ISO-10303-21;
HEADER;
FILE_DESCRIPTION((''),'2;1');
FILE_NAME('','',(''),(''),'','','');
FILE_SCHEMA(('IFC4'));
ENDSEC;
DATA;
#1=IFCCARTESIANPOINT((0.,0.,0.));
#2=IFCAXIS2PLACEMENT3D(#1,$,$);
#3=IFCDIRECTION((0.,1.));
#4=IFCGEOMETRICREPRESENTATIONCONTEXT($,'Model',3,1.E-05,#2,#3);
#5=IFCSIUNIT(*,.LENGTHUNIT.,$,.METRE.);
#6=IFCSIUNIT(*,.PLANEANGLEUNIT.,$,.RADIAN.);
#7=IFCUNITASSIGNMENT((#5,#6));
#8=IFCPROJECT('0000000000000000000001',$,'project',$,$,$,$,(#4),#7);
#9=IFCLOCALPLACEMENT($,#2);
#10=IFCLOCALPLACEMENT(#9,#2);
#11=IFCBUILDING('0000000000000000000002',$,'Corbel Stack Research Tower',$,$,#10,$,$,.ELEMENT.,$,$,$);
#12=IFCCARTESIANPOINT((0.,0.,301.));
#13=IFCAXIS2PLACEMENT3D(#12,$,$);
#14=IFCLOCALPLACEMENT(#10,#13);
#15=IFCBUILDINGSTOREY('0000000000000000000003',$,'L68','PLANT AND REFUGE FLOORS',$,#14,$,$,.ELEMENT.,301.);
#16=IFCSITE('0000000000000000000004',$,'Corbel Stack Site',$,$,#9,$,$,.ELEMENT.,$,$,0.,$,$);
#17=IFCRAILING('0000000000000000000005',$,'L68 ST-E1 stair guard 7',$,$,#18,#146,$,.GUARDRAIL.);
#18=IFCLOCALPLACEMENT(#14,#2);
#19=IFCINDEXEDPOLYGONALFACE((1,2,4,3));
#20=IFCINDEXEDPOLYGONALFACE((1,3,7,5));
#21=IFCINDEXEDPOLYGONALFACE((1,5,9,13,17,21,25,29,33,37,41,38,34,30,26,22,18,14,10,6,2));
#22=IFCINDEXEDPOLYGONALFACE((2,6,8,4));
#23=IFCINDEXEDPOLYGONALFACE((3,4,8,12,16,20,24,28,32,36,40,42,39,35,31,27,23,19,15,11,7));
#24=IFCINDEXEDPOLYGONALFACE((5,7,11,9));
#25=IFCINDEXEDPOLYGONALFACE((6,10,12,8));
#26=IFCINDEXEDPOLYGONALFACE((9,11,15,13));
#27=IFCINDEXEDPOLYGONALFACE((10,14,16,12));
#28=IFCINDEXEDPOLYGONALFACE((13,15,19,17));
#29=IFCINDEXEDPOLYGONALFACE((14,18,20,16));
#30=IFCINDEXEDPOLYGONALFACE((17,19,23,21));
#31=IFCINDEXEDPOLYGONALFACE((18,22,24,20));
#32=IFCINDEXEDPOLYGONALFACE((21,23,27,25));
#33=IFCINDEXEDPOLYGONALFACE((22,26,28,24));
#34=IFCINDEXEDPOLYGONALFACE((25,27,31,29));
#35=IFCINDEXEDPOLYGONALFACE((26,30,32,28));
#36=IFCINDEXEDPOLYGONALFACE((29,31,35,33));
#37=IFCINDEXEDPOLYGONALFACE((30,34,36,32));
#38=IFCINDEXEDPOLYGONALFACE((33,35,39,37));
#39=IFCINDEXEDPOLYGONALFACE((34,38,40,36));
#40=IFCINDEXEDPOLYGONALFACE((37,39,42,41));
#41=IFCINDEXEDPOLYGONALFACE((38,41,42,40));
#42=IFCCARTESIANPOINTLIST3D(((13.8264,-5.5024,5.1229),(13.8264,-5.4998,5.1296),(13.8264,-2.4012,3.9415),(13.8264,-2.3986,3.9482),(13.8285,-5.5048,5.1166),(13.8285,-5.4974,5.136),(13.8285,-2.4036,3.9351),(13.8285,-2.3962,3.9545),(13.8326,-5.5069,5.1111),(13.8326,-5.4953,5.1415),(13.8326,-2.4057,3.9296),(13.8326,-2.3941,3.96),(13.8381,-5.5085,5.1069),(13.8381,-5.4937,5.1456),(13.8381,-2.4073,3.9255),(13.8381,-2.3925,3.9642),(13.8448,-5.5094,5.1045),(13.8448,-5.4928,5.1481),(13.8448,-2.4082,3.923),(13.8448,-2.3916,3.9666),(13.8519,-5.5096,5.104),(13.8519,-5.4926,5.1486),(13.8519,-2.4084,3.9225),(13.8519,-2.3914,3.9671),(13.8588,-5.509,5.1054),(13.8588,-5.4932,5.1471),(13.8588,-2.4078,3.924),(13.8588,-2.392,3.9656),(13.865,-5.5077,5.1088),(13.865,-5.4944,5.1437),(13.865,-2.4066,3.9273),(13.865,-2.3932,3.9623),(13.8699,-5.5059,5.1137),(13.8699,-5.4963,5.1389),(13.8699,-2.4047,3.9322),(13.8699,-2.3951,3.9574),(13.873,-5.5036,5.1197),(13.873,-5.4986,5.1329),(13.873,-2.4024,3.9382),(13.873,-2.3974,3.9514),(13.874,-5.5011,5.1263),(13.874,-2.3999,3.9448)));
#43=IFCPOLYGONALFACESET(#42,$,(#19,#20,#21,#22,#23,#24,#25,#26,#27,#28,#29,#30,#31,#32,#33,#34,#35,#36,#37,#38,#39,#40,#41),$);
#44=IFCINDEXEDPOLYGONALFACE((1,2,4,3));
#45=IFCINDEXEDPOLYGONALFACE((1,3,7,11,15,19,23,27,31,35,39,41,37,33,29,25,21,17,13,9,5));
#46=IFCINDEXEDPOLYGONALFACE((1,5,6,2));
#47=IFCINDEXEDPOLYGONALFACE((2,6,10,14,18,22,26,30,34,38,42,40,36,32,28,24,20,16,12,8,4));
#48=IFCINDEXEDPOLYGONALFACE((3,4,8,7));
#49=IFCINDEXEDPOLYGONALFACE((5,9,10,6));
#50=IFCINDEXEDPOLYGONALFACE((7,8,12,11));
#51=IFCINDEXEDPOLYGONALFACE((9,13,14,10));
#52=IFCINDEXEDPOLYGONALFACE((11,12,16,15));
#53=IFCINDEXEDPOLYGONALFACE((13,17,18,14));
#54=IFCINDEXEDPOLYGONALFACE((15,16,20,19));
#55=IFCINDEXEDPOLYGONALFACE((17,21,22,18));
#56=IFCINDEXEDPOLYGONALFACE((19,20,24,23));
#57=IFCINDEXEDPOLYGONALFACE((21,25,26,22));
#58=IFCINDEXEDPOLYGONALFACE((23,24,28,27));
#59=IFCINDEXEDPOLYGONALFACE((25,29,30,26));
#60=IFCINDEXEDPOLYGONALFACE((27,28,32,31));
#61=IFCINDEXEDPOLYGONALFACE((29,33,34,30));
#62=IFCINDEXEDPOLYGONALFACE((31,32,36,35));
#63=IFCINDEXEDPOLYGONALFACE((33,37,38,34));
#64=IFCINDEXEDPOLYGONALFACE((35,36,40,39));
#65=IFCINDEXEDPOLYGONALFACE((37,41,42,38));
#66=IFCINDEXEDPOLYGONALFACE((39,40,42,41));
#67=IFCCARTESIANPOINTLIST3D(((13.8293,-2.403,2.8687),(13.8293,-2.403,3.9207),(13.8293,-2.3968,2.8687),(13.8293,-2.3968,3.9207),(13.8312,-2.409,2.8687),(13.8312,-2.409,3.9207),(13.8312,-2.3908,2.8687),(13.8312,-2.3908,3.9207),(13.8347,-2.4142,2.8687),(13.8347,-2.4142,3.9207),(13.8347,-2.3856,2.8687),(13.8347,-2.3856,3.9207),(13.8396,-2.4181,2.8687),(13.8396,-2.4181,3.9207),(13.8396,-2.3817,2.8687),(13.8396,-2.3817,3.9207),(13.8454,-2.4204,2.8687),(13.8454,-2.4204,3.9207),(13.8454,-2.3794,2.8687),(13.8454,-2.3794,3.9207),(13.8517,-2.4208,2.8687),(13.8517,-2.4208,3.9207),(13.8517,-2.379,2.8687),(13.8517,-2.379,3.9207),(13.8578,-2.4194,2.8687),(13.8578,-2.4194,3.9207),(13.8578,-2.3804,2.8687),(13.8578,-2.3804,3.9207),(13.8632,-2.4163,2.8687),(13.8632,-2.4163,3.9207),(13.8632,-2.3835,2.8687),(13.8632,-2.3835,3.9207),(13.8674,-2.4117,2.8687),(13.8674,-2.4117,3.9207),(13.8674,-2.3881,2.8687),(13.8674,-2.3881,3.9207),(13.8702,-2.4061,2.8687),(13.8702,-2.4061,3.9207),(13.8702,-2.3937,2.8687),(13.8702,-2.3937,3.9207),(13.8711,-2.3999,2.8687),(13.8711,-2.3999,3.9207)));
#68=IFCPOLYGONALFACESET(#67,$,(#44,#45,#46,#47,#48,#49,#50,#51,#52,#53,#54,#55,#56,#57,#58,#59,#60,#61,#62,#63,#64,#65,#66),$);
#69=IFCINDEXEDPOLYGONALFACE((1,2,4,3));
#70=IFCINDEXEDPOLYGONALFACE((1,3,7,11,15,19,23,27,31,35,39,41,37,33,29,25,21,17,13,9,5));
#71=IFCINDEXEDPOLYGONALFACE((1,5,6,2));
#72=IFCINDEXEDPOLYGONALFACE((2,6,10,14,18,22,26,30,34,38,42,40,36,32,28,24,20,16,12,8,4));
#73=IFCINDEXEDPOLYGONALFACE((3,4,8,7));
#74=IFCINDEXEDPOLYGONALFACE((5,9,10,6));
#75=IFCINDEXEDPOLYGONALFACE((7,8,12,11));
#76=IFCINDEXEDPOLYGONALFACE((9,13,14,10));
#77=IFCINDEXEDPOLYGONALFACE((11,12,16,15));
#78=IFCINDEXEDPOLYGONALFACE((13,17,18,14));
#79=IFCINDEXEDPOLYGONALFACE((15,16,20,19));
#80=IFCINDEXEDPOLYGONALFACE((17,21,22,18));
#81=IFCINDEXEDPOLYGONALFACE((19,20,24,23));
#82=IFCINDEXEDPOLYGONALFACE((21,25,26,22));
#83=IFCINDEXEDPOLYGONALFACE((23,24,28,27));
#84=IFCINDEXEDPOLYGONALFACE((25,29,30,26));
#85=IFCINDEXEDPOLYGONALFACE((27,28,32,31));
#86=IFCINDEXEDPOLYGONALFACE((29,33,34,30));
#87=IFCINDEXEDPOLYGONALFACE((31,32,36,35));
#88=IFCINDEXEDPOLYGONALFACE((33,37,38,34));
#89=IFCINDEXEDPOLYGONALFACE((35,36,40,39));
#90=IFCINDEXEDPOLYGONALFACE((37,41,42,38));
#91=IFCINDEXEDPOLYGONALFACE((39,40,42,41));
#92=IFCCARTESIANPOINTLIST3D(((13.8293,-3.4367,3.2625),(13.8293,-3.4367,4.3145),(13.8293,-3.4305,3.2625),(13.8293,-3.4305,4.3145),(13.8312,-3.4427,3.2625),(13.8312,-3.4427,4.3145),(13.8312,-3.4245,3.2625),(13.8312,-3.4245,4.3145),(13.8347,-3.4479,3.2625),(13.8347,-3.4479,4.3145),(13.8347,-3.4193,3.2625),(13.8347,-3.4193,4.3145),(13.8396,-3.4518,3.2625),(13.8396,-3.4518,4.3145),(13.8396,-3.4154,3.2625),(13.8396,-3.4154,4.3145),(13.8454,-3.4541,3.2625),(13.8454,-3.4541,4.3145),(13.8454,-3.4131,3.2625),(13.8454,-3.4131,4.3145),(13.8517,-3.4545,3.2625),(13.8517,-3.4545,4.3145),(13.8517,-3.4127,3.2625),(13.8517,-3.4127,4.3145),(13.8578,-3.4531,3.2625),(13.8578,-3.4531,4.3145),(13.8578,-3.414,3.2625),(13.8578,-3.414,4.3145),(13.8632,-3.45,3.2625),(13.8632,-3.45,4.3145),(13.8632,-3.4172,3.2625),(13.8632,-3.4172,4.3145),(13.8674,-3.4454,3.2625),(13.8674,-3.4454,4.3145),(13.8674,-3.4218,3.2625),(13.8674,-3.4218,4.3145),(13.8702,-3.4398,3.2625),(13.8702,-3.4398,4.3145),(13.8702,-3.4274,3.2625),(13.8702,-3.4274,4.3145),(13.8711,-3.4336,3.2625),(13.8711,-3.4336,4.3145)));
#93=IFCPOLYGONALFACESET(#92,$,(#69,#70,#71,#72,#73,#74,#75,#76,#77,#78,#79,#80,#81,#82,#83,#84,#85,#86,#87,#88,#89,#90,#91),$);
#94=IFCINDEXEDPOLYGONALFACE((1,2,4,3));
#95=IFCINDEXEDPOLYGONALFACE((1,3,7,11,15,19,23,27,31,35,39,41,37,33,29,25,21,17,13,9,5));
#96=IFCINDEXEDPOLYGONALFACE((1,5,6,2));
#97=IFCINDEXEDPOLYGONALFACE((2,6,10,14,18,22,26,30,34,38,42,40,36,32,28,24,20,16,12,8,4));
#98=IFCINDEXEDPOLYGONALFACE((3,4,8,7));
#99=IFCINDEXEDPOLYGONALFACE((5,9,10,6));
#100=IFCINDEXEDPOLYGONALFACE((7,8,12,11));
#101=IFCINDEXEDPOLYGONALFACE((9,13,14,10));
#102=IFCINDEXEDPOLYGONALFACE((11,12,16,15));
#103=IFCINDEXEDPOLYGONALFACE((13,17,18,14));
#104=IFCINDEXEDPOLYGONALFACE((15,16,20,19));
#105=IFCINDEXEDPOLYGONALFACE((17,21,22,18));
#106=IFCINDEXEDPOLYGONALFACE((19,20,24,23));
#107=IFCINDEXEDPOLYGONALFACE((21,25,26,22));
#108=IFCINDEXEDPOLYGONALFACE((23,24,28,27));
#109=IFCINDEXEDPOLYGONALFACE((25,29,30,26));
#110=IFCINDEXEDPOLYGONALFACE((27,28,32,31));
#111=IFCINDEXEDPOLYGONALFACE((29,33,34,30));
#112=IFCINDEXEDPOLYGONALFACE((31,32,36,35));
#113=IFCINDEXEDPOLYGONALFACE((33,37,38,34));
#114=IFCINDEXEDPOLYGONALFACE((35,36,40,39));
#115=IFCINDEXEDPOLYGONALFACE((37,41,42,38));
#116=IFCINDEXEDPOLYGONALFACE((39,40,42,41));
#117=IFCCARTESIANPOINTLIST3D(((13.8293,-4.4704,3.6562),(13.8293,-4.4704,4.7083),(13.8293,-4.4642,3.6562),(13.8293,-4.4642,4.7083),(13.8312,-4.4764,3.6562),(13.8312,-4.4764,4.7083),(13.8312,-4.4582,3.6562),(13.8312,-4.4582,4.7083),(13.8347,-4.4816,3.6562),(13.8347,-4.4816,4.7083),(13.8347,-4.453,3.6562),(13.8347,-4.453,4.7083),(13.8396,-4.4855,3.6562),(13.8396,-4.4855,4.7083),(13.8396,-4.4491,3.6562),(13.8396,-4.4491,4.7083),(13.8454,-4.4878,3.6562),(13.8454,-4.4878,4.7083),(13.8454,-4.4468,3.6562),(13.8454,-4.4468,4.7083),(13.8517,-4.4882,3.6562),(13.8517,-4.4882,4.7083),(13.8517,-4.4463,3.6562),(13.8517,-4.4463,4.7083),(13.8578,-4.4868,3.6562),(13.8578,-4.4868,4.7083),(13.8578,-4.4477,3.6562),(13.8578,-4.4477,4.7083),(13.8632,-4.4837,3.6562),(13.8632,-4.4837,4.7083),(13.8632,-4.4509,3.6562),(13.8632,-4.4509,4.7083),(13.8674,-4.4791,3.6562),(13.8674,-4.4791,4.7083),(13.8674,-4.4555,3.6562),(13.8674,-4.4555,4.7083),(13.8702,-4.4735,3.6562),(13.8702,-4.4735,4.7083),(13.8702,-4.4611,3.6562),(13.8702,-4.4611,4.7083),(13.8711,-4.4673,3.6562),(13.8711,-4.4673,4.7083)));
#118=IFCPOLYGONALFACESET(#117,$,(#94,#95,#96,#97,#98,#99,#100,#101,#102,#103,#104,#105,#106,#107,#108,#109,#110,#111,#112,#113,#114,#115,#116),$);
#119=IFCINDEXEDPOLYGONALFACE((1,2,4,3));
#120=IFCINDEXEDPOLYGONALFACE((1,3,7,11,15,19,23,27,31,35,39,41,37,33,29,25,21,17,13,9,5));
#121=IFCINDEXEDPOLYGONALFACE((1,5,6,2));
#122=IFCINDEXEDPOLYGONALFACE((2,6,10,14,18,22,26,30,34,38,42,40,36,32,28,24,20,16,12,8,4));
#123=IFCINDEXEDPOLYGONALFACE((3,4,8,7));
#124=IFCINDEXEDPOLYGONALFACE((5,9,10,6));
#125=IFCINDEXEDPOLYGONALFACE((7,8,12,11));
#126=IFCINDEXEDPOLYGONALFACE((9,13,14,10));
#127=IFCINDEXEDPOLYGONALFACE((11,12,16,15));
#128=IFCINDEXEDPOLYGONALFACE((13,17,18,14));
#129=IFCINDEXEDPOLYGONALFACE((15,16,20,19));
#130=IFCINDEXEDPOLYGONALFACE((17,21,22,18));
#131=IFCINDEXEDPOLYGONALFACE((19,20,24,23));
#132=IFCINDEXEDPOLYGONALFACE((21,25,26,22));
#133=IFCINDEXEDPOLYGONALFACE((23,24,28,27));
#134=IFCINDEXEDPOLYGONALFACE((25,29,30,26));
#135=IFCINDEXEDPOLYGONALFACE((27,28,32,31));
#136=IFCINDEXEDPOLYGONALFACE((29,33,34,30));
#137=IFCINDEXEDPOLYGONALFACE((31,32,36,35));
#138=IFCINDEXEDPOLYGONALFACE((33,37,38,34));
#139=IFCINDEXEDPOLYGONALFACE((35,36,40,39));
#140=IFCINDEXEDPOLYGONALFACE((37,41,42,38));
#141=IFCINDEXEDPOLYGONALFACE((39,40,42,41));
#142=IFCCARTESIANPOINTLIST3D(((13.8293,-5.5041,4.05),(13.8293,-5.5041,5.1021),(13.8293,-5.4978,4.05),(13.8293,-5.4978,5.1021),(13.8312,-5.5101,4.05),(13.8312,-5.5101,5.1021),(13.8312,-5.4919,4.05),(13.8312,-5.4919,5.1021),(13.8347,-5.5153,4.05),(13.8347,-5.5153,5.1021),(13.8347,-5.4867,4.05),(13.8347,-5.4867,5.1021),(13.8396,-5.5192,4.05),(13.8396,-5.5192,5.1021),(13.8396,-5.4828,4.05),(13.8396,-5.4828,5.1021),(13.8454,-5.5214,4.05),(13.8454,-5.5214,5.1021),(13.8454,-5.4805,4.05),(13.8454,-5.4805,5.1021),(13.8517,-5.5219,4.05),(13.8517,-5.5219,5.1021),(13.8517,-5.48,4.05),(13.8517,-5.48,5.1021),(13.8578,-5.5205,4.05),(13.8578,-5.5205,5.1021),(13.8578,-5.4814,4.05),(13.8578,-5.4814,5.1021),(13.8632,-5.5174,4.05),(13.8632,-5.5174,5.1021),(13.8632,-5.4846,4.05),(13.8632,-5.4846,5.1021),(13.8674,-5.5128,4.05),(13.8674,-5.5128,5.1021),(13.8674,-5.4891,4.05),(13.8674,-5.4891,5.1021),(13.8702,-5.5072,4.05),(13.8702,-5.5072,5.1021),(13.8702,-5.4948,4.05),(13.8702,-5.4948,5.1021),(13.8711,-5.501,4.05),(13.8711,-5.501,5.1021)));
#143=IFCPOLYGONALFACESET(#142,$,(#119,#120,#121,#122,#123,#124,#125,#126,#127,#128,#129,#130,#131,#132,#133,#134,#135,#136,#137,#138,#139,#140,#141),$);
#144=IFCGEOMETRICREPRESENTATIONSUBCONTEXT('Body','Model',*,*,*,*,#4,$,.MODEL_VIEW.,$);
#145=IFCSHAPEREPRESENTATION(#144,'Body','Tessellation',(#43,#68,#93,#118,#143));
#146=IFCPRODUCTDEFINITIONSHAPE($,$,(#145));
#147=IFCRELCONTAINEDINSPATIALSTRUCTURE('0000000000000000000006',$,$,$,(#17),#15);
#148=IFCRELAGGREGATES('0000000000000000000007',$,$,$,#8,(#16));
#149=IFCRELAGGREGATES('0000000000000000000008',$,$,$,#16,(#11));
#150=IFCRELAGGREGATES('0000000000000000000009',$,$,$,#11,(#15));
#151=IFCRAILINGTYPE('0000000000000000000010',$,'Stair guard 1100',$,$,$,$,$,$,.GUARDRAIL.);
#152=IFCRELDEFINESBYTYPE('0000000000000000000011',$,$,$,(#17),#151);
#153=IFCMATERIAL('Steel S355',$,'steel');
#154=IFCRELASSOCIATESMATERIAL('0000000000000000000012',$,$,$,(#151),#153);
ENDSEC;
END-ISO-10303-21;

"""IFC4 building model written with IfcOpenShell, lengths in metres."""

from ifc_helpers import new_model, si_unit, direction, frame, origin, origin_2d, place, context, subcontext, project, spatial, circle, extrude, material, type_object, element, save


model = new_model("IFC4")

# Units and contexts
model_context = context("Model", 3, precision=1e-05, world=origin(), true_north=direction((0.0, 1.0)))
body_context = subcontext(model_context, "Body", "Model", "MODEL_VIEW")
ifc_project = project(units=[si_unit("LENGTHUNIT", "METRE"), si_unit("PLANEANGLEUNIT", "RADIAN")], contexts=[model_context])

# Site, building, storey
site_placement = place(None, origin())
site = spatial("IfcSite", under=ifc_project, at=site_placement, Name="Corbel Stack Site", CompositionType="ELEMENT", RefElevation=0.0)
building_placement = place(site_placement, origin())
building = spatial("IfcBuilding", under=site, at=building_placement, Name="Corbel Stack Research Tower", CompositionType="ELEMENT")
storey_placement = place(building_placement, frame((0.0, 0.0, 301.0)))
storey = spatial("IfcBuildingStorey", under=building, at=storey_placement, Name="L68", Description="PLANT AND REFUGE FLOORS", CompositionType="ELEMENT", Elevation=301.0)

# Railing
ifc_material_1 = material(Name="Steel S355", Category="steel")
railing_type_1 = type_object("IfcRailingType", Name="Stair guard 1100", PredefinedType="GUARDRAIL", material=ifc_material_1)
railing_1_placement = place(storey_placement, frame((13.8501, -2.3999, 2.8687)))
element("IfcRailing", 1, at=railing_1_placement, inside=storey, type_object=railing_type_1, Name="L68 ST-E1 stair guard 7", PredefinedType="GUARDRAIL", context=body_context, shape_type="SweptSolid", body=[
    extrude(circle(Radius=0.0239, at=origin_2d()), frame((0.0, 0.0, 1.0762), z_axis=(0.0, -0.934484, 0.356005), x_axis=(1.0, 0.0, 0.0)), (0.0, 0.0, 1.0), 3.3186),
    extrude(circle(Radius=0.021, at=origin_2d()), origin(), (0.0, 0.0, 1.0), 1.052),
    extrude(circle(Radius=0.021, at=origin_2d()), frame((0.0, -1.0337, 0.3938)), (0.0, 0.0, 1.0), 1.052),
    extrude(circle(Radius=0.021, at=origin_2d()), frame((0.0, -2.0674, 0.7876)), (0.0, 0.0, 1.0), 1.052),
    extrude(circle(Radius=0.021, at=origin_2d()), frame((0.0, -3.1011, 1.1814)), (0.0, 0.0, 1.0), 1.052),
])

save(model, "model.ifc")
